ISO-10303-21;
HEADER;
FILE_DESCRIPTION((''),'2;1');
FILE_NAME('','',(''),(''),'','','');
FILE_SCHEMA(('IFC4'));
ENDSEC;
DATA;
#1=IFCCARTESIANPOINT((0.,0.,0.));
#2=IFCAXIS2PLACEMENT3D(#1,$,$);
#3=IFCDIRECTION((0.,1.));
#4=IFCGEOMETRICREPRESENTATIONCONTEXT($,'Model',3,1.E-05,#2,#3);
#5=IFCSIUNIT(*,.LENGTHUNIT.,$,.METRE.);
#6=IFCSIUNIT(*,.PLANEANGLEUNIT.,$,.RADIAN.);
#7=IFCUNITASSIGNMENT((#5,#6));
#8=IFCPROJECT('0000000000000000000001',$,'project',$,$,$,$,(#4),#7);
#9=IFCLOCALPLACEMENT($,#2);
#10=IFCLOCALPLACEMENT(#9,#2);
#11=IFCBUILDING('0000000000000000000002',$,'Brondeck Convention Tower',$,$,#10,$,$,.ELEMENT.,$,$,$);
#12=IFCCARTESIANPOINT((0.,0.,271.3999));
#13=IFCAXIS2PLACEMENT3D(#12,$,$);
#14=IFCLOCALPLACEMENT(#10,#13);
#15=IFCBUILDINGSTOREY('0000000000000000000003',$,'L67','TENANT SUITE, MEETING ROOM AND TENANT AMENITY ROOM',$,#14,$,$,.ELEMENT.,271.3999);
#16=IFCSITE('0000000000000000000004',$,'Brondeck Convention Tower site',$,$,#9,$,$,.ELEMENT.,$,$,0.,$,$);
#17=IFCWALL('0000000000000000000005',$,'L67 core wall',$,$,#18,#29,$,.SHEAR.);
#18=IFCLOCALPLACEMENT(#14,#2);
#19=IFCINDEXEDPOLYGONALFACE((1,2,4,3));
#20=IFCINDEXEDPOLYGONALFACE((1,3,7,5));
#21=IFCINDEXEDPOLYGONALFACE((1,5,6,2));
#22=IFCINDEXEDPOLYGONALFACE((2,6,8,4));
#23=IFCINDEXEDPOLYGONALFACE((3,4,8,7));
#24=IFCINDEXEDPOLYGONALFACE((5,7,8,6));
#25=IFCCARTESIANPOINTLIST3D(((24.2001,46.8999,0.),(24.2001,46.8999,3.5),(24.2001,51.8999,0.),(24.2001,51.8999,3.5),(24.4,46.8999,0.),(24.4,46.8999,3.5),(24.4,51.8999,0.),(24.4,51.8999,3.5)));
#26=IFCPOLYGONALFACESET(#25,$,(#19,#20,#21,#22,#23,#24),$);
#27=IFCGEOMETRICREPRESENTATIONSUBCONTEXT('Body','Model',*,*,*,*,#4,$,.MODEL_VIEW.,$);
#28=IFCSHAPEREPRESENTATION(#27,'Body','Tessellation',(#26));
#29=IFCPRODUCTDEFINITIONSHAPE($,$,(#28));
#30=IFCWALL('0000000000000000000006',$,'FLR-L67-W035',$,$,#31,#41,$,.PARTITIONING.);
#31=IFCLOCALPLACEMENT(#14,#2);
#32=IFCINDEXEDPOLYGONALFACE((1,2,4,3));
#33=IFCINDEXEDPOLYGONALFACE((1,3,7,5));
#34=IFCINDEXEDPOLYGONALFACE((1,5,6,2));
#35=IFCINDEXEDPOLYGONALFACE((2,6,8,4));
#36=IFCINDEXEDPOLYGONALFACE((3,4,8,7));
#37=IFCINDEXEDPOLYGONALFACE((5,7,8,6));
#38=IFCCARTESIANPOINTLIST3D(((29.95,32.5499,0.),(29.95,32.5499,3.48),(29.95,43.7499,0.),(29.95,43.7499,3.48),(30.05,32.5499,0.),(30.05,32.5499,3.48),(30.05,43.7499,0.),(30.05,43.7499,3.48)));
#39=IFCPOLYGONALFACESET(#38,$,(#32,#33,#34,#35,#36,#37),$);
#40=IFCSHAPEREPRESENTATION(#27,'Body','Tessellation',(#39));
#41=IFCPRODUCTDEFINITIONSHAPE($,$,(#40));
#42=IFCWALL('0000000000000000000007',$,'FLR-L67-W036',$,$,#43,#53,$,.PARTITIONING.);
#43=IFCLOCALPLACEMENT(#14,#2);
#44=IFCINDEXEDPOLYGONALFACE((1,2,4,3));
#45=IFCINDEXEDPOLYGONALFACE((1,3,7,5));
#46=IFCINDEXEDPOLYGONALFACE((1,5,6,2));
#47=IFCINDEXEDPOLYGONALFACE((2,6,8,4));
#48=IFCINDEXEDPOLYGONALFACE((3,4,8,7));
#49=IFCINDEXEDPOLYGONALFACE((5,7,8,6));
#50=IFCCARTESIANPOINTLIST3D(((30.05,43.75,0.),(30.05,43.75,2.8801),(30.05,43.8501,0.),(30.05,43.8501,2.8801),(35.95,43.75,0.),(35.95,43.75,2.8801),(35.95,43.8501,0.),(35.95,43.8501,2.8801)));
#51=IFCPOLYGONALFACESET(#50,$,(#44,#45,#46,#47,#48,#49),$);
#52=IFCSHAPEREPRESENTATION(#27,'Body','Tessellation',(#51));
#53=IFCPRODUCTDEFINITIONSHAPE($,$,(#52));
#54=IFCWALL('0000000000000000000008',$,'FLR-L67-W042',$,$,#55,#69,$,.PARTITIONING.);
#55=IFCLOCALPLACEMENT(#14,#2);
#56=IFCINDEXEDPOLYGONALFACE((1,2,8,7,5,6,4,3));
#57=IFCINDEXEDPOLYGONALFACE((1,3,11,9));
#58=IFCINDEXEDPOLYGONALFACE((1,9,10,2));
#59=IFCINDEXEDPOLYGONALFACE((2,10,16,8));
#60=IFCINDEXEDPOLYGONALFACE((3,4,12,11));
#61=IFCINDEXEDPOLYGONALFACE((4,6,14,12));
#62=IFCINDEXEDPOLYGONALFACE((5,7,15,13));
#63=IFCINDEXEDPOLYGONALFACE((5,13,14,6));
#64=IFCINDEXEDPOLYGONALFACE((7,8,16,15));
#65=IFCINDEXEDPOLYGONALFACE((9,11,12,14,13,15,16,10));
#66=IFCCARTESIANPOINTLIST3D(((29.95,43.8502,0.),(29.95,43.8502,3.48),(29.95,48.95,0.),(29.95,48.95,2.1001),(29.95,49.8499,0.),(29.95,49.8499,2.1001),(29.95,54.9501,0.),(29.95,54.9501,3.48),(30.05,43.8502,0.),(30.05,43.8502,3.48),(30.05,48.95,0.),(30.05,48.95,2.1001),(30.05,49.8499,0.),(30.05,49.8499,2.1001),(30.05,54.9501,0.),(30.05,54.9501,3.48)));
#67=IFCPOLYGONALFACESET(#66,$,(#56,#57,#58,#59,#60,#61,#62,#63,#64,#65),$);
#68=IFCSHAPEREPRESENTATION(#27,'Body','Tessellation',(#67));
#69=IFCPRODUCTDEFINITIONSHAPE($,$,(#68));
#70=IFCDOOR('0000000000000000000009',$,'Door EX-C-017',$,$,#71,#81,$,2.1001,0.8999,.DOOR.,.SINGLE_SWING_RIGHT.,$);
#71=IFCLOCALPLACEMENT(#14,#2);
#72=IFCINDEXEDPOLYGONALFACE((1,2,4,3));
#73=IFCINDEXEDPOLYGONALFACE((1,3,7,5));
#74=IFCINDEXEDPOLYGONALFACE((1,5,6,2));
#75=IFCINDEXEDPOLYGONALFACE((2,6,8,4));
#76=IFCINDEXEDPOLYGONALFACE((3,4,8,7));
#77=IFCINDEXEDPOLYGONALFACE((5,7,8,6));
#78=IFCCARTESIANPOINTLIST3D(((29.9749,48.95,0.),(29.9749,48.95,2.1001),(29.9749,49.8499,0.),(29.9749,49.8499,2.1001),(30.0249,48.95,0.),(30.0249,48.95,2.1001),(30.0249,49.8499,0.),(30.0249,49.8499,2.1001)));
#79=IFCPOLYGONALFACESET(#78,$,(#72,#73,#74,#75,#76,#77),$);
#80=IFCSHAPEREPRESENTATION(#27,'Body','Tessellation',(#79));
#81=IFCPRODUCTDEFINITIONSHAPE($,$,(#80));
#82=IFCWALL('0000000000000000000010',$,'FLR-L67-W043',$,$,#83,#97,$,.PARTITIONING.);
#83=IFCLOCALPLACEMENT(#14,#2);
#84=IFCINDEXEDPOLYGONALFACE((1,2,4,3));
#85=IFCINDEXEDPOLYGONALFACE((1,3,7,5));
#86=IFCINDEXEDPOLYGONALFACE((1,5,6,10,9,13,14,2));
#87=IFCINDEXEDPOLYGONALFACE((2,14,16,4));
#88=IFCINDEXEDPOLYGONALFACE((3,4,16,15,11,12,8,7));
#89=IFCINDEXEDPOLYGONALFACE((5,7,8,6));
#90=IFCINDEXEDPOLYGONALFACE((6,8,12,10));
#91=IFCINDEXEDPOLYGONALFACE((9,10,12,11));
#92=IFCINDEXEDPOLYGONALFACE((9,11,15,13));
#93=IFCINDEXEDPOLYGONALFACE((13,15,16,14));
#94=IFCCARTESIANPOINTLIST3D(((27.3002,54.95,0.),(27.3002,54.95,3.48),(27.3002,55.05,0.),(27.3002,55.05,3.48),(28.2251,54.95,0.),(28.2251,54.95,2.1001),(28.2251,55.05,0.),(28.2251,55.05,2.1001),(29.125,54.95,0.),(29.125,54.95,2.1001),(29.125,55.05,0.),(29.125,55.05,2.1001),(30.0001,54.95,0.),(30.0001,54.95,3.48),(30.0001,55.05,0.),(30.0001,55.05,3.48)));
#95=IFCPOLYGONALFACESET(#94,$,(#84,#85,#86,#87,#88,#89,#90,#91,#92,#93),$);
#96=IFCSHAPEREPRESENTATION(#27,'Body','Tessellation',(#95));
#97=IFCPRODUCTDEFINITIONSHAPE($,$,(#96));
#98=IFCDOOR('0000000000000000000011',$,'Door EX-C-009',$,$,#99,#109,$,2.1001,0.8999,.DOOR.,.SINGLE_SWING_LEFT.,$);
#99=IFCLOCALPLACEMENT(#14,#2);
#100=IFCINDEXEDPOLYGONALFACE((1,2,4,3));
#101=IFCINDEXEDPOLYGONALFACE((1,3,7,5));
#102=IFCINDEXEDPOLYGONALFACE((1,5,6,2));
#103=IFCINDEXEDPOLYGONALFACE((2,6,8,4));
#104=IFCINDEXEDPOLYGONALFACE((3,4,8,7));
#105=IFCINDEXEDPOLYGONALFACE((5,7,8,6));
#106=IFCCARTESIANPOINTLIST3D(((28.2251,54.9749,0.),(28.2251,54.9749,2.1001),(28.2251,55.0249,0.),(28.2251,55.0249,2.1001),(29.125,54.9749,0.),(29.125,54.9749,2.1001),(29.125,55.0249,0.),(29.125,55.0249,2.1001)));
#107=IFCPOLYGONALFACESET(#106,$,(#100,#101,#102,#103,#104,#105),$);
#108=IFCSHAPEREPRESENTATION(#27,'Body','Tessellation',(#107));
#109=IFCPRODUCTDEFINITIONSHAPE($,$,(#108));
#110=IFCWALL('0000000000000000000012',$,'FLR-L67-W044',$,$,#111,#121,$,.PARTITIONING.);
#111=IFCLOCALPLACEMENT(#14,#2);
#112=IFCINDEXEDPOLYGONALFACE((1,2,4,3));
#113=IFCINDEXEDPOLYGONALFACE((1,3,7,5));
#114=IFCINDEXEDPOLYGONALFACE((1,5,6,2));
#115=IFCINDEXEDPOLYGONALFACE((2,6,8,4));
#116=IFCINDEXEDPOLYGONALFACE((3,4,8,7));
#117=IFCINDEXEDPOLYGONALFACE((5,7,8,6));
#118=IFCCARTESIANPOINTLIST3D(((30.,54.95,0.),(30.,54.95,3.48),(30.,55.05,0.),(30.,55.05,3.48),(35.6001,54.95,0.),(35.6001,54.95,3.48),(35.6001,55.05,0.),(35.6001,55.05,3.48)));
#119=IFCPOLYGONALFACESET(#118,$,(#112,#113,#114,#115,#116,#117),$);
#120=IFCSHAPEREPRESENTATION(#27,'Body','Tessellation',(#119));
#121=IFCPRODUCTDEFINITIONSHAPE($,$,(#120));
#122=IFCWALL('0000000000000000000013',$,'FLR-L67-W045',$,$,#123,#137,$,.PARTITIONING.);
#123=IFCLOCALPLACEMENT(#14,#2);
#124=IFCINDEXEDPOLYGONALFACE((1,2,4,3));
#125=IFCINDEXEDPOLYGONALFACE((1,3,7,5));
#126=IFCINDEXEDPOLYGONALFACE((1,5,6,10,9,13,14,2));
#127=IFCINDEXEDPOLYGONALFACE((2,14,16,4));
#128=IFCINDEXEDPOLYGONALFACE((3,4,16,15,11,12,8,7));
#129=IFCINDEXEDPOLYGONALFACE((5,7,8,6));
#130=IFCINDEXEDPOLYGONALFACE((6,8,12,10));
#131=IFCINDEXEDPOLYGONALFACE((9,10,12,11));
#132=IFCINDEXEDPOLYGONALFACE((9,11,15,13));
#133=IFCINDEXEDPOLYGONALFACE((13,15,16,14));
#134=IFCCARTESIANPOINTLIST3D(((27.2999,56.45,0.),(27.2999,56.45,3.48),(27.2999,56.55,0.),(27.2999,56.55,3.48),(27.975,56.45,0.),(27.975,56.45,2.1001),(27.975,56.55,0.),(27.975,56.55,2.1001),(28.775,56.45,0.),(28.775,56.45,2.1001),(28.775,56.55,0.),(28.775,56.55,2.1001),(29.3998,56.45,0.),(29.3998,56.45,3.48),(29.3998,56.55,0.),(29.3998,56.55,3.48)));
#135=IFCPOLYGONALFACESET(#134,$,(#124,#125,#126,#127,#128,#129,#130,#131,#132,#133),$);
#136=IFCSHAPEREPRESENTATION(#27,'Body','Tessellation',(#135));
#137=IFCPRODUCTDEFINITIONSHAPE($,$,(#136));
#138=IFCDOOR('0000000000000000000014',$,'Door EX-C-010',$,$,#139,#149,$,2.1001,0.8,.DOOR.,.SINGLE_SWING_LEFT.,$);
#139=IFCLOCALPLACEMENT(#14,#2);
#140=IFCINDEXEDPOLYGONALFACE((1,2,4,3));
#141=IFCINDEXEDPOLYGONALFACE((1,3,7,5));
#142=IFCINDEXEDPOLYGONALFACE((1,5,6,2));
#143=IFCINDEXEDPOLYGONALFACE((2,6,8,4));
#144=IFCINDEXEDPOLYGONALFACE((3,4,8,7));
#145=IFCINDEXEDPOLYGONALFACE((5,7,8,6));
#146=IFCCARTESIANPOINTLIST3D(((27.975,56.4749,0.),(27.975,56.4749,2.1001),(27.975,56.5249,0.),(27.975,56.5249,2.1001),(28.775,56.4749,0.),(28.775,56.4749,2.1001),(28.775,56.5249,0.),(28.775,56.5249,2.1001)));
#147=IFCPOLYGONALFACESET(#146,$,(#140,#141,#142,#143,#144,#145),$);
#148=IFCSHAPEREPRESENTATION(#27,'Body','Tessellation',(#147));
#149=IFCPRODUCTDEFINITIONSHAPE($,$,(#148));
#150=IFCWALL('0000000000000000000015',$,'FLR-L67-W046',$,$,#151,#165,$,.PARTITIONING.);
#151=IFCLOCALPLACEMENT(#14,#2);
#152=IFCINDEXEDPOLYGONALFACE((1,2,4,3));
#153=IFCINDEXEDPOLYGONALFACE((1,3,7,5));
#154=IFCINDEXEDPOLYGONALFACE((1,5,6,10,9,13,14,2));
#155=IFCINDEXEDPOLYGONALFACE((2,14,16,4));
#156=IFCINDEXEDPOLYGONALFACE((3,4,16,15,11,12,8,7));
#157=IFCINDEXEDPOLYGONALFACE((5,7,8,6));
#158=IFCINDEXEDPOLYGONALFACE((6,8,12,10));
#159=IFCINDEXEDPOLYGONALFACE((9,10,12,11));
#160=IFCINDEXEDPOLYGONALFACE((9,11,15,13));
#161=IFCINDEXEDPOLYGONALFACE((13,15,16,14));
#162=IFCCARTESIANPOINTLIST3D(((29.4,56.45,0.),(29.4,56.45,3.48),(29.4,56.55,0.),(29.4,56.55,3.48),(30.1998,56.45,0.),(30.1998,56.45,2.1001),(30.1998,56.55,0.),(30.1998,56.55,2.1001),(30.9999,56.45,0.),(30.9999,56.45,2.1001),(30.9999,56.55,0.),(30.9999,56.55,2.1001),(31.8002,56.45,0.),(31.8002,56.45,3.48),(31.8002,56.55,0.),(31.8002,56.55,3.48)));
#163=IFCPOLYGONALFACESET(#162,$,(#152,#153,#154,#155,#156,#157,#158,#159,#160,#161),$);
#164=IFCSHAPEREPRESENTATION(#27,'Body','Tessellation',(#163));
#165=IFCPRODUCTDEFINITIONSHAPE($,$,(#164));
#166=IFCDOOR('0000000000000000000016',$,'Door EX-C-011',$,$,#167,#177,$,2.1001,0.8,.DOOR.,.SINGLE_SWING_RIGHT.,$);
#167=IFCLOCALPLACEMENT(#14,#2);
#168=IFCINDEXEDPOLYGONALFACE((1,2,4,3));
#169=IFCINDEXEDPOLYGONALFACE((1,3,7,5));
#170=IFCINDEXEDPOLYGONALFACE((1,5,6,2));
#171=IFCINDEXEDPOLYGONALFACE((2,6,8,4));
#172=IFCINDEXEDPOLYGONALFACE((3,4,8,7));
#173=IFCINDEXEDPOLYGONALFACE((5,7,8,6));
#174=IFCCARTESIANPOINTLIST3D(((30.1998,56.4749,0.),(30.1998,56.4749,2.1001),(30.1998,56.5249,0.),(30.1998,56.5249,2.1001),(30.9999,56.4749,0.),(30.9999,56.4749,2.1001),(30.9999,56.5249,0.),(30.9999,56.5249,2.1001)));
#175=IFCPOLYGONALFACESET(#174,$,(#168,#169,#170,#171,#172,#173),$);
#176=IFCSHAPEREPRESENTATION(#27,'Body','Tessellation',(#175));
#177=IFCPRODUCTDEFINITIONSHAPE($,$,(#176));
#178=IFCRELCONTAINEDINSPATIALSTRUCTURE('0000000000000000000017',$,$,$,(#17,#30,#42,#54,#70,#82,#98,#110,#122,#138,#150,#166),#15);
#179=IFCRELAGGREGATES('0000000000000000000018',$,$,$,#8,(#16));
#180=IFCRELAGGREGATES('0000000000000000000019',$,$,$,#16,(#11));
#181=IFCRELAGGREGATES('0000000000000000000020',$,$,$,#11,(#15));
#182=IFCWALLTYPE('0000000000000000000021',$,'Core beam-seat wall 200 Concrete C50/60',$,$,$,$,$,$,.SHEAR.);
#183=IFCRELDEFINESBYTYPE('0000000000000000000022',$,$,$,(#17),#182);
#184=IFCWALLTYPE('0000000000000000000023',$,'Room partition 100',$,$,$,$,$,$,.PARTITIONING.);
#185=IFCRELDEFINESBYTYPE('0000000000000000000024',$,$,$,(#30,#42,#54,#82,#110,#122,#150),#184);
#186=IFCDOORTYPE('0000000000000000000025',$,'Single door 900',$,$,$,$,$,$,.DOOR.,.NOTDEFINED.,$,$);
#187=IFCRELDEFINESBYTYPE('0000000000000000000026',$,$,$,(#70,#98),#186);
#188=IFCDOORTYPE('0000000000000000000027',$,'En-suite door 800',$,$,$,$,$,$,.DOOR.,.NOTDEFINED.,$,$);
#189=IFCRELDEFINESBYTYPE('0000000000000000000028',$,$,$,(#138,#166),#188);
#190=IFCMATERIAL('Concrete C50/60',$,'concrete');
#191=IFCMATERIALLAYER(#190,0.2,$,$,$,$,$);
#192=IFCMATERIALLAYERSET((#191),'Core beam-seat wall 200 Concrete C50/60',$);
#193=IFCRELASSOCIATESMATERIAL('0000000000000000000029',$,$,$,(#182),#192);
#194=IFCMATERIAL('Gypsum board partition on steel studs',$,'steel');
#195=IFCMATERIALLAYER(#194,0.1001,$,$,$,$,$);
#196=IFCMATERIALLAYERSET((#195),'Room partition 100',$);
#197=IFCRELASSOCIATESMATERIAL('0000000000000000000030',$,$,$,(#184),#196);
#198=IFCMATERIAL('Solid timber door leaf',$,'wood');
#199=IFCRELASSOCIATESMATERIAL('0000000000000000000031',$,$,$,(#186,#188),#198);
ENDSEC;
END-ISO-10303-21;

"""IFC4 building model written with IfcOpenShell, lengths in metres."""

from ifc_helpers import new_model, si_unit, direction, frame, frame_2d, origin, place, context, subcontext, project, spatial, rectangle, extrude, material, layer, layer_set, type_object, element, fill, save


model = new_model("IFC4")

# Units and contexts
model_context = context("Model", 3, precision=1e-05, world=origin(), true_north=direction((0.0, 1.0)))
body_context = subcontext(model_context, "Body", "Model", "MODEL_VIEW")
ifc_project = project(units=[si_unit("LENGTHUNIT", "METRE"), si_unit("PLANEANGLEUNIT", "RADIAN")], contexts=[model_context])

# Site, building, storey
site_placement = place(None, origin())
site = spatial("IfcSite", under=ifc_project, at=site_placement, Name="Brondeck Convention Tower site", CompositionType="ELEMENT", RefElevation=0.0)
building_placement = place(site_placement, origin())
building = spatial("IfcBuilding", under=site, at=building_placement, Name="Brondeck Convention Tower", CompositionType="ELEMENT")
storey_placement = place(building_placement, frame((0.0, 0.0, 271.3999)))
storey = spatial("IfcBuildingStorey", under=building, at=storey_placement, Name="L67", Description="TENANT SUITE, MEETING ROOM AND TENANT AMENITY ROOM", CompositionType="ELEMENT", Elevation=271.3999)

# Walls
ifc_material_1 = material(Name="Concrete C50/60", Category="concrete")
ifc_layer_1 = layer(ifc_material_1, 0.2)
ifc_layer_set_1 = layer_set([ifc_layer_1], Name="Core beam-seat wall 200 Concrete C50/60")
wall_type_1 = type_object("IfcWallType", Name="Core beam-seat wall 200 Concrete C50/60", PredefinedType="SHEAR", material=ifc_layer_set_1)
wall_1_placement = place(storey_placement, frame((24.3, 46.8999, 0.0), z_axis=(0.0, 0.0, 1.0), x_axis=(0.0, 1.0, 0.0)))
element("IfcWall", 1, at=wall_1_placement, inside=storey, type_object=wall_type_1, Name="L67 core wall", PredefinedType="SHEAR", context=body_context, shape_type="SweptSolid", body=[
    extrude(rectangle(XDim=5.0, YDim=0.2, at=frame_2d((2.5, 0.0))), origin(), (0.0, 0.0, 1.0), 3.5),
])
ifc_material_2 = material(Name="Gypsum board partition on steel studs", Category="steel")
ifc_layer_2 = layer(ifc_material_2, 0.1001)
ifc_layer_set_2 = layer_set([ifc_layer_2], Name="Room partition 100")
wall_type_2 = type_object("IfcWallType", Name="Room partition 100", PredefinedType="PARTITIONING", material=ifc_layer_set_2)
wall_2_placement = place(storey_placement, frame((30.0, 43.75, 0.0), z_axis=(0.0, 0.0, 1.0), x_axis=(0.0, -1.0, 0.0)))
element("IfcWall", 2, at=wall_2_placement, inside=storey, type_object=wall_type_2, Name="FLR-L67-W035", PredefinedType="PARTITIONING", context=body_context, shape_type="SweptSolid", body=[
    extrude(rectangle(XDim=11.2, YDim=0.1001, at=frame_2d((5.6001, 0.0))), origin(), (0.0, 0.0, 1.0), 3.48),
])
wall_3_placement = place(storey_placement, frame((30.05, 43.8, 0.0), z_axis=(0.0, 0.0, 1.0), x_axis=(1.0, 0.0, 0.0)))
element("IfcWall", 3, at=wall_3_placement, inside=storey, type_object=wall_type_2, Name="FLR-L67-W036", PredefinedType="PARTITIONING", context=body_context, shape_type="SweptSolid", body=[
    extrude(rectangle(XDim=5.8999, YDim=0.1001, at=frame_2d((2.95, 0.0))), origin(), (0.0, 0.0, 1.0), 2.8801),
])

# Walls, openings, doors
wall_4_placement = place(storey_placement, frame((30.0, 54.95, 0.0), z_axis=(0.0, 0.0, 1.0), x_axis=(0.0, -1.0, 0.0)))
wall_4 = element("IfcWall", 4, at=wall_4_placement, inside=storey, type_object=wall_type_2, Name="FLR-L67-W042", PredefinedType="PARTITIONING", context=body_context, shape_type="SweptSolid", body=[
    extrude(rectangle(XDim=11.0999, YDim=0.1001, at=frame_2d((5.5498, 0.0))), origin(), (0.0, 0.0, 1.0), 3.48),
])
opening_1_placement = place(wall_4_placement, frame((5.1001, 0.0, 0.0)))
opening_1 = element("IfcOpeningElement", 5, at=opening_1_placement, cuts=wall_4, PredefinedType="OPENING", context=body_context, shape_type="SweptSolid", body=[
    extrude(rectangle(XDim=0.8999, YDim=2.1001, at=frame_2d((0.45, 1.05))), frame((0.0, 0.0601, 0.0), z_axis=(0.0, -1.0, 0.0), x_axis=(1.0, 0.0, 0.0)), (0.0, 0.0, 1.0), 0.1201),
])
ifc_material_3 = material(Name="Solid timber door leaf", Category="wood")
door_type_1 = type_object("IfcDoorType", Name="Single door 900", OperationType="NOTDEFINED", PredefinedType="DOOR", material=ifc_material_3)
door_1_placement = place(opening_1_placement, origin())
door_1 = element("IfcDoor", 6, at=door_1_placement, inside=storey, type_object=door_type_1, Name="Door EX-C-017", OperationType="SINGLE_SWING_RIGHT", OverallHeight=2.1001, OverallWidth=0.8999, PredefinedType="DOOR", context=body_context, shape_type="SweptSolid", body=[
    extrude(rectangle(XDim=0.8999, YDim=2.1001, at=frame_2d((0.45, 1.05))), frame((0.0, 0.0249, 0.0), z_axis=(0.0, -1.0, 0.0), x_axis=(1.0, 0.0, 0.0)), (0.0, 0.0, 1.0), 0.05),
])
fill(opening_1, door_1)
wall_5_placement = place(storey_placement, frame((27.3, 55.0, 0.0), z_axis=(0.0, 0.0, 1.0), x_axis=(1.0, 0.0, 0.0)))
wall_5 = element("IfcWall", 7, at=wall_5_placement, inside=storey, type_object=wall_type_2, Name="FLR-L67-W043", PredefinedType="PARTITIONING", context=body_context, shape_type="SweptSolid", body=[
    extrude(rectangle(XDim=2.7, YDim=0.1001, at=frame_2d((1.3501, 0.0))), origin(), (0.0, 0.0, 1.0), 3.48),
])
opening_2_placement = place(wall_5_placement, frame((0.925, 0.0, 0.0)))
opening_2 = element("IfcOpeningElement", 8, at=opening_2_placement, cuts=wall_5, PredefinedType="OPENING", context=body_context, shape_type="SweptSolid", body=[
    extrude(rectangle(XDim=0.8999, YDim=2.1001, at=frame_2d((0.45, 1.05))), frame((0.0, 0.0601, 0.0), z_axis=(0.0, -1.0, 0.0), x_axis=(1.0, 0.0, 0.0)), (0.0, 0.0, 1.0), 0.1201),
])
door_2_placement = place(opening_2_placement, origin())
door_2 = element("IfcDoor", 9, at=door_2_placement, inside=storey, type_object=door_type_1, Name="Door EX-C-009", OperationType="SINGLE_SWING_LEFT", OverallHeight=2.1001, OverallWidth=0.8999, PredefinedType="DOOR", context=body_context, shape_type="SweptSolid", body=[
    extrude(rectangle(XDim=0.8999, YDim=2.1001, at=frame_2d((0.45, 1.05))), frame((0.0, 0.0249, 0.0), z_axis=(0.0, -1.0, 0.0), x_axis=(1.0, 0.0, 0.0)), (0.0, 0.0, 1.0), 0.05),
])
fill(opening_2, door_2)

# Wall
wall_6_placement = place(storey_placement, frame((35.6001, 55.0, 0.0), z_axis=(0.0, 0.0, 1.0), x_axis=(-1.0, 0.0, 0.0)))
element("IfcWall", 10, at=wall_6_placement, inside=storey, type_object=wall_type_2, Name="FLR-L67-W044", PredefinedType="PARTITIONING", context=body_context, shape_type="SweptSolid", body=[
    extrude(rectangle(XDim=5.6001, YDim=0.1001, at=frame_2d((2.8, 0.0))), origin(), (0.0, 0.0, 1.0), 3.48),
])

# Walls, openings, doors
wall_7_placement = place(storey_placement, frame((27.3, 56.5, 0.0), z_axis=(0.0, 0.0, 1.0), x_axis=(1.0, 0.0, 0.0)))
wall_7 = element("IfcWall", 11, at=wall_7_placement, inside=storey, type_object=wall_type_2, Name="FLR-L67-W045", PredefinedType="PARTITIONING", context=body_context, shape_type="SweptSolid", body=[
    extrude(rectangle(XDim=2.0999, YDim=0.1001, at=frame_2d((1.0498, 0.0))), origin(), (0.0, 0.0, 1.0), 3.48),
])
opening_3_placement = place(wall_7_placement, frame((0.675, 0.0, 0.0)))
opening_3 = element("IfcOpeningElement", 12, at=opening_3_placement, cuts=wall_7, PredefinedType="OPENING", context=body_context, shape_type="SweptSolid", body=[
    extrude(rectangle(XDim=0.8, YDim=2.1001, at=frame_2d((0.3999, 1.05))), frame((0.0, 0.0601, 0.0), z_axis=(0.0, -1.0, 0.0), x_axis=(1.0, 0.0, 0.0)), (0.0, 0.0, 1.0), 0.1201),
])
door_type_2 = type_object("IfcDoorType", Name="En-suite door 800", OperationType="NOTDEFINED", PredefinedType="DOOR", material=ifc_material_3)
door_3_placement = place(opening_3_placement, origin())
door_3 = element("IfcDoor", 13, at=door_3_placement, inside=storey, type_object=door_type_2, Name="Door EX-C-010", OperationType="SINGLE_SWING_LEFT", OverallHeight=2.1001, OverallWidth=0.8, PredefinedType="DOOR", context=body_context, shape_type="SweptSolid", body=[
    extrude(rectangle(XDim=0.8, YDim=2.1001, at=frame_2d((0.3999, 1.05))), frame((0.0, 0.0249, 0.0), z_axis=(0.0, -1.0, 0.0), x_axis=(1.0, 0.0, 0.0)), (0.0, 0.0, 1.0), 0.05),
])
fill(opening_3, door_3)
wall_8_placement = place(storey_placement, frame((29.3999, 56.5, 0.0), z_axis=(0.0, 0.0, 1.0), x_axis=(1.0, 0.0, 0.0)))
wall_8 = element("IfcWall", 14, at=wall_8_placement, inside=storey, type_object=wall_type_2, Name="FLR-L67-W046", PredefinedType="PARTITIONING", context=body_context, shape_type="SweptSolid", body=[
    extrude(rectangle(XDim=2.4001, YDim=0.1001, at=frame_2d((1.2002, 0.0))), origin(), (0.0, 0.0, 1.0), 3.48),
])
opening_4_placement = place(wall_8_placement, frame((0.8, 0.0, 0.0)))
opening_4 = element("IfcOpeningElement", 15, at=opening_4_placement, cuts=wall_8, PredefinedType="OPENING", context=body_context, shape_type="SweptSolid", body=[
    extrude(rectangle(XDim=0.8, YDim=2.1001, at=frame_2d((0.3999, 1.05))), frame((0.0, 0.0601, 0.0), z_axis=(0.0, -1.0, 0.0), x_axis=(1.0, 0.0, 0.0)), (0.0, 0.0, 1.0), 0.1201),
])
door_4_placement = place(opening_4_placement, origin())
door_4 = element("IfcDoor", 16, at=door_4_placement, inside=storey, type_object=door_type_2, Name="Door EX-C-011", OperationType="SINGLE_SWING_RIGHT", OverallHeight=2.1001, OverallWidth=0.8, PredefinedType="DOOR", context=body_context, shape_type="SweptSolid", body=[
    extrude(rectangle(XDim=0.8, YDim=2.1001, at=frame_2d((0.3999, 1.05))), frame((0.0, 0.0249, 0.0), z_axis=(0.0, -1.0, 0.0), x_axis=(1.0, 0.0, 0.0)), (0.0, 0.0, 1.0), 0.05),
])
fill(opening_4, door_4)

save(model, "model.ifc")
